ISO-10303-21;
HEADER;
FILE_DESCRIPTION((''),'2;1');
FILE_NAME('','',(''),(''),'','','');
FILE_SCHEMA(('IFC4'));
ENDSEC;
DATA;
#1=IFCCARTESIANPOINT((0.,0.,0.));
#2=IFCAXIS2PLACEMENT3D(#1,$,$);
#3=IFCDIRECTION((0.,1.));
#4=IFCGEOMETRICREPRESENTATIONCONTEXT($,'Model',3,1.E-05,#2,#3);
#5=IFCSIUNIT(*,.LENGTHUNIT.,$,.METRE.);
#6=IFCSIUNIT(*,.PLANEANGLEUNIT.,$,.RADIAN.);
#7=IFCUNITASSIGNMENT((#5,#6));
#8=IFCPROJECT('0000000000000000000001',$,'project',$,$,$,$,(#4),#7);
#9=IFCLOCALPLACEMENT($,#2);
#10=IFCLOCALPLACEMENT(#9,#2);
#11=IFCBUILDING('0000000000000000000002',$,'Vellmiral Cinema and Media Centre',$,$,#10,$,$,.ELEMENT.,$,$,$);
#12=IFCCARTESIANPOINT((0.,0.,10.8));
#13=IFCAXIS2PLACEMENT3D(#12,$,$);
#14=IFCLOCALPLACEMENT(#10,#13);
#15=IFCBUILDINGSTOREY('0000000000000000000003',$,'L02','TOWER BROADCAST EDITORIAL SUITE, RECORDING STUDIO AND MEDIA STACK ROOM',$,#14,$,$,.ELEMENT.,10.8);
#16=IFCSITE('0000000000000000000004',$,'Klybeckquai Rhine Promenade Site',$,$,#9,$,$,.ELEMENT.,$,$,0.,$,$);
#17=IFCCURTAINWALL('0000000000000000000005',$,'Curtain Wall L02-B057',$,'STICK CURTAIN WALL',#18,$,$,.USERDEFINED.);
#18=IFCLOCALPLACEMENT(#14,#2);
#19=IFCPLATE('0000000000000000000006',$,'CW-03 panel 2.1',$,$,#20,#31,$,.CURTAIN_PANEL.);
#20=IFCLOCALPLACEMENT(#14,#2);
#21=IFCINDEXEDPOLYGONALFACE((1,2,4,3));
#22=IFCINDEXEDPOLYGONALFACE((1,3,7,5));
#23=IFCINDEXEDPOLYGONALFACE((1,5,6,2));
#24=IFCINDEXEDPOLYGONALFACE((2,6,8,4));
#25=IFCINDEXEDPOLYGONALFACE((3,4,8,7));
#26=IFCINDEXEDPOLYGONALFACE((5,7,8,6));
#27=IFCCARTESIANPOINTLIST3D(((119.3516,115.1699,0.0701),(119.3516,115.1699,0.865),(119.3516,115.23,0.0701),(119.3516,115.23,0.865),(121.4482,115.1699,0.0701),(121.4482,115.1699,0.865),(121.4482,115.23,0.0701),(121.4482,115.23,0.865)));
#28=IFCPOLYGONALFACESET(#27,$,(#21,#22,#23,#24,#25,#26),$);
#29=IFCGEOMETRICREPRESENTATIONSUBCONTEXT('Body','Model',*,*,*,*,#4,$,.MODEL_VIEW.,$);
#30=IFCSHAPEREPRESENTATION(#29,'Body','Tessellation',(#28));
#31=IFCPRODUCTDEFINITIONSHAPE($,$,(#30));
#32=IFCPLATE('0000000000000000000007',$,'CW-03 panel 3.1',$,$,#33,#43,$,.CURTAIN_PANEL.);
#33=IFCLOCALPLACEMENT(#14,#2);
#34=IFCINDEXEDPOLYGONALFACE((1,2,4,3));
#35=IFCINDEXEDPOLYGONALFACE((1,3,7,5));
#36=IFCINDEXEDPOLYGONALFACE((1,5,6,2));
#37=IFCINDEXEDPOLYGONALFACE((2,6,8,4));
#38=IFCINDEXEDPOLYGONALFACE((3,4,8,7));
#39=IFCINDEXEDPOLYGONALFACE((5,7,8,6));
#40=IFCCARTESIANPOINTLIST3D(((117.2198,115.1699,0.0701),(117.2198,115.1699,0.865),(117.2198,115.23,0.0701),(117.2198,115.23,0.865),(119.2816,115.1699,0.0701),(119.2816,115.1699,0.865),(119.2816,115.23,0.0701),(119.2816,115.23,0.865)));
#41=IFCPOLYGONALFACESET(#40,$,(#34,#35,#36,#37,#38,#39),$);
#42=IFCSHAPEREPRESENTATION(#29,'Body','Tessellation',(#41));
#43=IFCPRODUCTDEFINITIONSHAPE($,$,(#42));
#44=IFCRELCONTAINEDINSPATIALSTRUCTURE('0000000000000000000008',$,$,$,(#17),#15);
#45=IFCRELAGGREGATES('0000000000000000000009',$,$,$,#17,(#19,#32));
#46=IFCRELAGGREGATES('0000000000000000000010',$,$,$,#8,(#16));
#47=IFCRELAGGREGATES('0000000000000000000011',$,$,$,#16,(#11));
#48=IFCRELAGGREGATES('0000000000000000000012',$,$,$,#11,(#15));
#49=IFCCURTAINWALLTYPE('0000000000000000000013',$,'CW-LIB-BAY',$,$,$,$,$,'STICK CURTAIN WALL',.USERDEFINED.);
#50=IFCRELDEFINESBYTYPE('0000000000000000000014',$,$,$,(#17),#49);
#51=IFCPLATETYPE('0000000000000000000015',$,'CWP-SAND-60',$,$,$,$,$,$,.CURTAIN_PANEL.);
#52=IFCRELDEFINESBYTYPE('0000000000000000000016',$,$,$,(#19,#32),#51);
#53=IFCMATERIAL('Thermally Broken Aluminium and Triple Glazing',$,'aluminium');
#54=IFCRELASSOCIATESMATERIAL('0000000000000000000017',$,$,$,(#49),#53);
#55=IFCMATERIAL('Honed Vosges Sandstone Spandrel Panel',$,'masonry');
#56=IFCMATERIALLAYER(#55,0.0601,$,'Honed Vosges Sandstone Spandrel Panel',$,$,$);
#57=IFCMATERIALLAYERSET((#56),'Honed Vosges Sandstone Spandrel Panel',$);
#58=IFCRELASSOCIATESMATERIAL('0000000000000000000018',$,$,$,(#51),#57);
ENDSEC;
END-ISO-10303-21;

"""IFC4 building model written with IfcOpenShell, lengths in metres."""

from ifc_helpers import new_model, si_unit, direction, frame, origin, origin_2d, place, context, subcontext, project, spatial, rectangle, extrude, material, layer, layer_set, type_object, element, aggregate, save


model = new_model("IFC4")

# Units and contexts
model_context = context("Model", 3, precision=1e-05, world=origin(), true_north=direction((0.0, 1.0)))
body_context = subcontext(model_context, "Body", "Model", "MODEL_VIEW")
ifc_project = project(units=[si_unit("LENGTHUNIT", "METRE"), si_unit("PLANEANGLEUNIT", "RADIAN")], contexts=[model_context])

# Site, building, storey
site_placement = place(None, origin())
site = spatial("IfcSite", under=ifc_project, at=site_placement, Name="Klybeckquai Rhine Promenade Site", CompositionType="ELEMENT", RefElevation=0.0)
building_placement = place(site_placement, origin())
building = spatial("IfcBuilding", under=site, at=building_placement, Name="Vellmiral Cinema and Media Centre", CompositionType="ELEMENT")
storey_placement = place(building_placement, frame((0.0, 0.0, 10.8)))
storey = spatial("IfcBuildingStorey", under=building, at=storey_placement, Name="L02", Description="TOWER BROADCAST EDITORIAL SUITE, RECORDING STUDIO AND MEDIA STACK ROOM", CompositionType="ELEMENT", Elevation=10.8)

# Curtain wall, plates
ifc_material_1 = material(Name="Thermally Broken Aluminium and Triple Glazing", Category="aluminium")
curtain_wall_type = type_object("IfcCurtainWallType", Name="CW-LIB-BAY", ElementType="STICK CURTAIN WALL", PredefinedType="USERDEFINED", material=ifc_material_1)
curtain_wall_placement = place(storey_placement, origin())
curtain_wall = element("IfcCurtainWall", 1, at=curtain_wall_placement, inside=storey, type_object=curtain_wall_type, Name="Curtain Wall L02-B057", ObjectType="STICK CURTAIN WALL", PredefinedType="USERDEFINED")
ifc_material_2 = material(Name="Honed Vosges Sandstone Spandrel Panel", Category="masonry")
ifc_layer_1 = layer(ifc_material_2, 0.0601, Name="Honed Vosges Sandstone Spandrel Panel")
ifc_layer_set_1 = layer_set([ifc_layer_1], Name="Honed Vosges Sandstone Spandrel Panel")
plate_type_1 = type_object("IfcPlateType", Name="CWP-SAND-60", PredefinedType="CURTAIN_PANEL", material=ifc_layer_set_1)
plate_1_placement = place(storey_placement, frame((120.3999, 115.2, 0.0701), z_axis=(0.0, 0.0, 1.0), x_axis=(-1.0, 0.0, 0.0)))
plate_1 = element("IfcPlate", 2, at=plate_1_placement, type_object=plate_type_1, Name="CW-03 panel 2.1", PredefinedType="CURTAIN_PANEL", context=body_context, shape_type="SweptSolid", body=[
    extrude(rectangle(XDim=2.0967, YDim=0.0601, at=origin_2d()), origin(), (0.0, 0.0, 1.0), 0.7949),
])
plate_2_placement = place(storey_placement, frame((118.2507, 115.2, 0.0701), z_axis=(0.0, 0.0, 1.0), x_axis=(-1.0, 0.0, 0.0)))
plate_2 = element("IfcPlate", 3, at=plate_2_placement, type_object=plate_type_1, Name="CW-03 panel 3.1", PredefinedType="CURTAIN_PANEL", context=body_context, shape_type="SweptSolid", body=[
    extrude(rectangle(XDim=2.0618, YDim=0.0601, at=origin_2d()), origin(), (0.0, 0.0, 1.0), 0.7949),
])
aggregate(curtain_wall, [plate_1, plate_2])

save(model, "model.ifc")
